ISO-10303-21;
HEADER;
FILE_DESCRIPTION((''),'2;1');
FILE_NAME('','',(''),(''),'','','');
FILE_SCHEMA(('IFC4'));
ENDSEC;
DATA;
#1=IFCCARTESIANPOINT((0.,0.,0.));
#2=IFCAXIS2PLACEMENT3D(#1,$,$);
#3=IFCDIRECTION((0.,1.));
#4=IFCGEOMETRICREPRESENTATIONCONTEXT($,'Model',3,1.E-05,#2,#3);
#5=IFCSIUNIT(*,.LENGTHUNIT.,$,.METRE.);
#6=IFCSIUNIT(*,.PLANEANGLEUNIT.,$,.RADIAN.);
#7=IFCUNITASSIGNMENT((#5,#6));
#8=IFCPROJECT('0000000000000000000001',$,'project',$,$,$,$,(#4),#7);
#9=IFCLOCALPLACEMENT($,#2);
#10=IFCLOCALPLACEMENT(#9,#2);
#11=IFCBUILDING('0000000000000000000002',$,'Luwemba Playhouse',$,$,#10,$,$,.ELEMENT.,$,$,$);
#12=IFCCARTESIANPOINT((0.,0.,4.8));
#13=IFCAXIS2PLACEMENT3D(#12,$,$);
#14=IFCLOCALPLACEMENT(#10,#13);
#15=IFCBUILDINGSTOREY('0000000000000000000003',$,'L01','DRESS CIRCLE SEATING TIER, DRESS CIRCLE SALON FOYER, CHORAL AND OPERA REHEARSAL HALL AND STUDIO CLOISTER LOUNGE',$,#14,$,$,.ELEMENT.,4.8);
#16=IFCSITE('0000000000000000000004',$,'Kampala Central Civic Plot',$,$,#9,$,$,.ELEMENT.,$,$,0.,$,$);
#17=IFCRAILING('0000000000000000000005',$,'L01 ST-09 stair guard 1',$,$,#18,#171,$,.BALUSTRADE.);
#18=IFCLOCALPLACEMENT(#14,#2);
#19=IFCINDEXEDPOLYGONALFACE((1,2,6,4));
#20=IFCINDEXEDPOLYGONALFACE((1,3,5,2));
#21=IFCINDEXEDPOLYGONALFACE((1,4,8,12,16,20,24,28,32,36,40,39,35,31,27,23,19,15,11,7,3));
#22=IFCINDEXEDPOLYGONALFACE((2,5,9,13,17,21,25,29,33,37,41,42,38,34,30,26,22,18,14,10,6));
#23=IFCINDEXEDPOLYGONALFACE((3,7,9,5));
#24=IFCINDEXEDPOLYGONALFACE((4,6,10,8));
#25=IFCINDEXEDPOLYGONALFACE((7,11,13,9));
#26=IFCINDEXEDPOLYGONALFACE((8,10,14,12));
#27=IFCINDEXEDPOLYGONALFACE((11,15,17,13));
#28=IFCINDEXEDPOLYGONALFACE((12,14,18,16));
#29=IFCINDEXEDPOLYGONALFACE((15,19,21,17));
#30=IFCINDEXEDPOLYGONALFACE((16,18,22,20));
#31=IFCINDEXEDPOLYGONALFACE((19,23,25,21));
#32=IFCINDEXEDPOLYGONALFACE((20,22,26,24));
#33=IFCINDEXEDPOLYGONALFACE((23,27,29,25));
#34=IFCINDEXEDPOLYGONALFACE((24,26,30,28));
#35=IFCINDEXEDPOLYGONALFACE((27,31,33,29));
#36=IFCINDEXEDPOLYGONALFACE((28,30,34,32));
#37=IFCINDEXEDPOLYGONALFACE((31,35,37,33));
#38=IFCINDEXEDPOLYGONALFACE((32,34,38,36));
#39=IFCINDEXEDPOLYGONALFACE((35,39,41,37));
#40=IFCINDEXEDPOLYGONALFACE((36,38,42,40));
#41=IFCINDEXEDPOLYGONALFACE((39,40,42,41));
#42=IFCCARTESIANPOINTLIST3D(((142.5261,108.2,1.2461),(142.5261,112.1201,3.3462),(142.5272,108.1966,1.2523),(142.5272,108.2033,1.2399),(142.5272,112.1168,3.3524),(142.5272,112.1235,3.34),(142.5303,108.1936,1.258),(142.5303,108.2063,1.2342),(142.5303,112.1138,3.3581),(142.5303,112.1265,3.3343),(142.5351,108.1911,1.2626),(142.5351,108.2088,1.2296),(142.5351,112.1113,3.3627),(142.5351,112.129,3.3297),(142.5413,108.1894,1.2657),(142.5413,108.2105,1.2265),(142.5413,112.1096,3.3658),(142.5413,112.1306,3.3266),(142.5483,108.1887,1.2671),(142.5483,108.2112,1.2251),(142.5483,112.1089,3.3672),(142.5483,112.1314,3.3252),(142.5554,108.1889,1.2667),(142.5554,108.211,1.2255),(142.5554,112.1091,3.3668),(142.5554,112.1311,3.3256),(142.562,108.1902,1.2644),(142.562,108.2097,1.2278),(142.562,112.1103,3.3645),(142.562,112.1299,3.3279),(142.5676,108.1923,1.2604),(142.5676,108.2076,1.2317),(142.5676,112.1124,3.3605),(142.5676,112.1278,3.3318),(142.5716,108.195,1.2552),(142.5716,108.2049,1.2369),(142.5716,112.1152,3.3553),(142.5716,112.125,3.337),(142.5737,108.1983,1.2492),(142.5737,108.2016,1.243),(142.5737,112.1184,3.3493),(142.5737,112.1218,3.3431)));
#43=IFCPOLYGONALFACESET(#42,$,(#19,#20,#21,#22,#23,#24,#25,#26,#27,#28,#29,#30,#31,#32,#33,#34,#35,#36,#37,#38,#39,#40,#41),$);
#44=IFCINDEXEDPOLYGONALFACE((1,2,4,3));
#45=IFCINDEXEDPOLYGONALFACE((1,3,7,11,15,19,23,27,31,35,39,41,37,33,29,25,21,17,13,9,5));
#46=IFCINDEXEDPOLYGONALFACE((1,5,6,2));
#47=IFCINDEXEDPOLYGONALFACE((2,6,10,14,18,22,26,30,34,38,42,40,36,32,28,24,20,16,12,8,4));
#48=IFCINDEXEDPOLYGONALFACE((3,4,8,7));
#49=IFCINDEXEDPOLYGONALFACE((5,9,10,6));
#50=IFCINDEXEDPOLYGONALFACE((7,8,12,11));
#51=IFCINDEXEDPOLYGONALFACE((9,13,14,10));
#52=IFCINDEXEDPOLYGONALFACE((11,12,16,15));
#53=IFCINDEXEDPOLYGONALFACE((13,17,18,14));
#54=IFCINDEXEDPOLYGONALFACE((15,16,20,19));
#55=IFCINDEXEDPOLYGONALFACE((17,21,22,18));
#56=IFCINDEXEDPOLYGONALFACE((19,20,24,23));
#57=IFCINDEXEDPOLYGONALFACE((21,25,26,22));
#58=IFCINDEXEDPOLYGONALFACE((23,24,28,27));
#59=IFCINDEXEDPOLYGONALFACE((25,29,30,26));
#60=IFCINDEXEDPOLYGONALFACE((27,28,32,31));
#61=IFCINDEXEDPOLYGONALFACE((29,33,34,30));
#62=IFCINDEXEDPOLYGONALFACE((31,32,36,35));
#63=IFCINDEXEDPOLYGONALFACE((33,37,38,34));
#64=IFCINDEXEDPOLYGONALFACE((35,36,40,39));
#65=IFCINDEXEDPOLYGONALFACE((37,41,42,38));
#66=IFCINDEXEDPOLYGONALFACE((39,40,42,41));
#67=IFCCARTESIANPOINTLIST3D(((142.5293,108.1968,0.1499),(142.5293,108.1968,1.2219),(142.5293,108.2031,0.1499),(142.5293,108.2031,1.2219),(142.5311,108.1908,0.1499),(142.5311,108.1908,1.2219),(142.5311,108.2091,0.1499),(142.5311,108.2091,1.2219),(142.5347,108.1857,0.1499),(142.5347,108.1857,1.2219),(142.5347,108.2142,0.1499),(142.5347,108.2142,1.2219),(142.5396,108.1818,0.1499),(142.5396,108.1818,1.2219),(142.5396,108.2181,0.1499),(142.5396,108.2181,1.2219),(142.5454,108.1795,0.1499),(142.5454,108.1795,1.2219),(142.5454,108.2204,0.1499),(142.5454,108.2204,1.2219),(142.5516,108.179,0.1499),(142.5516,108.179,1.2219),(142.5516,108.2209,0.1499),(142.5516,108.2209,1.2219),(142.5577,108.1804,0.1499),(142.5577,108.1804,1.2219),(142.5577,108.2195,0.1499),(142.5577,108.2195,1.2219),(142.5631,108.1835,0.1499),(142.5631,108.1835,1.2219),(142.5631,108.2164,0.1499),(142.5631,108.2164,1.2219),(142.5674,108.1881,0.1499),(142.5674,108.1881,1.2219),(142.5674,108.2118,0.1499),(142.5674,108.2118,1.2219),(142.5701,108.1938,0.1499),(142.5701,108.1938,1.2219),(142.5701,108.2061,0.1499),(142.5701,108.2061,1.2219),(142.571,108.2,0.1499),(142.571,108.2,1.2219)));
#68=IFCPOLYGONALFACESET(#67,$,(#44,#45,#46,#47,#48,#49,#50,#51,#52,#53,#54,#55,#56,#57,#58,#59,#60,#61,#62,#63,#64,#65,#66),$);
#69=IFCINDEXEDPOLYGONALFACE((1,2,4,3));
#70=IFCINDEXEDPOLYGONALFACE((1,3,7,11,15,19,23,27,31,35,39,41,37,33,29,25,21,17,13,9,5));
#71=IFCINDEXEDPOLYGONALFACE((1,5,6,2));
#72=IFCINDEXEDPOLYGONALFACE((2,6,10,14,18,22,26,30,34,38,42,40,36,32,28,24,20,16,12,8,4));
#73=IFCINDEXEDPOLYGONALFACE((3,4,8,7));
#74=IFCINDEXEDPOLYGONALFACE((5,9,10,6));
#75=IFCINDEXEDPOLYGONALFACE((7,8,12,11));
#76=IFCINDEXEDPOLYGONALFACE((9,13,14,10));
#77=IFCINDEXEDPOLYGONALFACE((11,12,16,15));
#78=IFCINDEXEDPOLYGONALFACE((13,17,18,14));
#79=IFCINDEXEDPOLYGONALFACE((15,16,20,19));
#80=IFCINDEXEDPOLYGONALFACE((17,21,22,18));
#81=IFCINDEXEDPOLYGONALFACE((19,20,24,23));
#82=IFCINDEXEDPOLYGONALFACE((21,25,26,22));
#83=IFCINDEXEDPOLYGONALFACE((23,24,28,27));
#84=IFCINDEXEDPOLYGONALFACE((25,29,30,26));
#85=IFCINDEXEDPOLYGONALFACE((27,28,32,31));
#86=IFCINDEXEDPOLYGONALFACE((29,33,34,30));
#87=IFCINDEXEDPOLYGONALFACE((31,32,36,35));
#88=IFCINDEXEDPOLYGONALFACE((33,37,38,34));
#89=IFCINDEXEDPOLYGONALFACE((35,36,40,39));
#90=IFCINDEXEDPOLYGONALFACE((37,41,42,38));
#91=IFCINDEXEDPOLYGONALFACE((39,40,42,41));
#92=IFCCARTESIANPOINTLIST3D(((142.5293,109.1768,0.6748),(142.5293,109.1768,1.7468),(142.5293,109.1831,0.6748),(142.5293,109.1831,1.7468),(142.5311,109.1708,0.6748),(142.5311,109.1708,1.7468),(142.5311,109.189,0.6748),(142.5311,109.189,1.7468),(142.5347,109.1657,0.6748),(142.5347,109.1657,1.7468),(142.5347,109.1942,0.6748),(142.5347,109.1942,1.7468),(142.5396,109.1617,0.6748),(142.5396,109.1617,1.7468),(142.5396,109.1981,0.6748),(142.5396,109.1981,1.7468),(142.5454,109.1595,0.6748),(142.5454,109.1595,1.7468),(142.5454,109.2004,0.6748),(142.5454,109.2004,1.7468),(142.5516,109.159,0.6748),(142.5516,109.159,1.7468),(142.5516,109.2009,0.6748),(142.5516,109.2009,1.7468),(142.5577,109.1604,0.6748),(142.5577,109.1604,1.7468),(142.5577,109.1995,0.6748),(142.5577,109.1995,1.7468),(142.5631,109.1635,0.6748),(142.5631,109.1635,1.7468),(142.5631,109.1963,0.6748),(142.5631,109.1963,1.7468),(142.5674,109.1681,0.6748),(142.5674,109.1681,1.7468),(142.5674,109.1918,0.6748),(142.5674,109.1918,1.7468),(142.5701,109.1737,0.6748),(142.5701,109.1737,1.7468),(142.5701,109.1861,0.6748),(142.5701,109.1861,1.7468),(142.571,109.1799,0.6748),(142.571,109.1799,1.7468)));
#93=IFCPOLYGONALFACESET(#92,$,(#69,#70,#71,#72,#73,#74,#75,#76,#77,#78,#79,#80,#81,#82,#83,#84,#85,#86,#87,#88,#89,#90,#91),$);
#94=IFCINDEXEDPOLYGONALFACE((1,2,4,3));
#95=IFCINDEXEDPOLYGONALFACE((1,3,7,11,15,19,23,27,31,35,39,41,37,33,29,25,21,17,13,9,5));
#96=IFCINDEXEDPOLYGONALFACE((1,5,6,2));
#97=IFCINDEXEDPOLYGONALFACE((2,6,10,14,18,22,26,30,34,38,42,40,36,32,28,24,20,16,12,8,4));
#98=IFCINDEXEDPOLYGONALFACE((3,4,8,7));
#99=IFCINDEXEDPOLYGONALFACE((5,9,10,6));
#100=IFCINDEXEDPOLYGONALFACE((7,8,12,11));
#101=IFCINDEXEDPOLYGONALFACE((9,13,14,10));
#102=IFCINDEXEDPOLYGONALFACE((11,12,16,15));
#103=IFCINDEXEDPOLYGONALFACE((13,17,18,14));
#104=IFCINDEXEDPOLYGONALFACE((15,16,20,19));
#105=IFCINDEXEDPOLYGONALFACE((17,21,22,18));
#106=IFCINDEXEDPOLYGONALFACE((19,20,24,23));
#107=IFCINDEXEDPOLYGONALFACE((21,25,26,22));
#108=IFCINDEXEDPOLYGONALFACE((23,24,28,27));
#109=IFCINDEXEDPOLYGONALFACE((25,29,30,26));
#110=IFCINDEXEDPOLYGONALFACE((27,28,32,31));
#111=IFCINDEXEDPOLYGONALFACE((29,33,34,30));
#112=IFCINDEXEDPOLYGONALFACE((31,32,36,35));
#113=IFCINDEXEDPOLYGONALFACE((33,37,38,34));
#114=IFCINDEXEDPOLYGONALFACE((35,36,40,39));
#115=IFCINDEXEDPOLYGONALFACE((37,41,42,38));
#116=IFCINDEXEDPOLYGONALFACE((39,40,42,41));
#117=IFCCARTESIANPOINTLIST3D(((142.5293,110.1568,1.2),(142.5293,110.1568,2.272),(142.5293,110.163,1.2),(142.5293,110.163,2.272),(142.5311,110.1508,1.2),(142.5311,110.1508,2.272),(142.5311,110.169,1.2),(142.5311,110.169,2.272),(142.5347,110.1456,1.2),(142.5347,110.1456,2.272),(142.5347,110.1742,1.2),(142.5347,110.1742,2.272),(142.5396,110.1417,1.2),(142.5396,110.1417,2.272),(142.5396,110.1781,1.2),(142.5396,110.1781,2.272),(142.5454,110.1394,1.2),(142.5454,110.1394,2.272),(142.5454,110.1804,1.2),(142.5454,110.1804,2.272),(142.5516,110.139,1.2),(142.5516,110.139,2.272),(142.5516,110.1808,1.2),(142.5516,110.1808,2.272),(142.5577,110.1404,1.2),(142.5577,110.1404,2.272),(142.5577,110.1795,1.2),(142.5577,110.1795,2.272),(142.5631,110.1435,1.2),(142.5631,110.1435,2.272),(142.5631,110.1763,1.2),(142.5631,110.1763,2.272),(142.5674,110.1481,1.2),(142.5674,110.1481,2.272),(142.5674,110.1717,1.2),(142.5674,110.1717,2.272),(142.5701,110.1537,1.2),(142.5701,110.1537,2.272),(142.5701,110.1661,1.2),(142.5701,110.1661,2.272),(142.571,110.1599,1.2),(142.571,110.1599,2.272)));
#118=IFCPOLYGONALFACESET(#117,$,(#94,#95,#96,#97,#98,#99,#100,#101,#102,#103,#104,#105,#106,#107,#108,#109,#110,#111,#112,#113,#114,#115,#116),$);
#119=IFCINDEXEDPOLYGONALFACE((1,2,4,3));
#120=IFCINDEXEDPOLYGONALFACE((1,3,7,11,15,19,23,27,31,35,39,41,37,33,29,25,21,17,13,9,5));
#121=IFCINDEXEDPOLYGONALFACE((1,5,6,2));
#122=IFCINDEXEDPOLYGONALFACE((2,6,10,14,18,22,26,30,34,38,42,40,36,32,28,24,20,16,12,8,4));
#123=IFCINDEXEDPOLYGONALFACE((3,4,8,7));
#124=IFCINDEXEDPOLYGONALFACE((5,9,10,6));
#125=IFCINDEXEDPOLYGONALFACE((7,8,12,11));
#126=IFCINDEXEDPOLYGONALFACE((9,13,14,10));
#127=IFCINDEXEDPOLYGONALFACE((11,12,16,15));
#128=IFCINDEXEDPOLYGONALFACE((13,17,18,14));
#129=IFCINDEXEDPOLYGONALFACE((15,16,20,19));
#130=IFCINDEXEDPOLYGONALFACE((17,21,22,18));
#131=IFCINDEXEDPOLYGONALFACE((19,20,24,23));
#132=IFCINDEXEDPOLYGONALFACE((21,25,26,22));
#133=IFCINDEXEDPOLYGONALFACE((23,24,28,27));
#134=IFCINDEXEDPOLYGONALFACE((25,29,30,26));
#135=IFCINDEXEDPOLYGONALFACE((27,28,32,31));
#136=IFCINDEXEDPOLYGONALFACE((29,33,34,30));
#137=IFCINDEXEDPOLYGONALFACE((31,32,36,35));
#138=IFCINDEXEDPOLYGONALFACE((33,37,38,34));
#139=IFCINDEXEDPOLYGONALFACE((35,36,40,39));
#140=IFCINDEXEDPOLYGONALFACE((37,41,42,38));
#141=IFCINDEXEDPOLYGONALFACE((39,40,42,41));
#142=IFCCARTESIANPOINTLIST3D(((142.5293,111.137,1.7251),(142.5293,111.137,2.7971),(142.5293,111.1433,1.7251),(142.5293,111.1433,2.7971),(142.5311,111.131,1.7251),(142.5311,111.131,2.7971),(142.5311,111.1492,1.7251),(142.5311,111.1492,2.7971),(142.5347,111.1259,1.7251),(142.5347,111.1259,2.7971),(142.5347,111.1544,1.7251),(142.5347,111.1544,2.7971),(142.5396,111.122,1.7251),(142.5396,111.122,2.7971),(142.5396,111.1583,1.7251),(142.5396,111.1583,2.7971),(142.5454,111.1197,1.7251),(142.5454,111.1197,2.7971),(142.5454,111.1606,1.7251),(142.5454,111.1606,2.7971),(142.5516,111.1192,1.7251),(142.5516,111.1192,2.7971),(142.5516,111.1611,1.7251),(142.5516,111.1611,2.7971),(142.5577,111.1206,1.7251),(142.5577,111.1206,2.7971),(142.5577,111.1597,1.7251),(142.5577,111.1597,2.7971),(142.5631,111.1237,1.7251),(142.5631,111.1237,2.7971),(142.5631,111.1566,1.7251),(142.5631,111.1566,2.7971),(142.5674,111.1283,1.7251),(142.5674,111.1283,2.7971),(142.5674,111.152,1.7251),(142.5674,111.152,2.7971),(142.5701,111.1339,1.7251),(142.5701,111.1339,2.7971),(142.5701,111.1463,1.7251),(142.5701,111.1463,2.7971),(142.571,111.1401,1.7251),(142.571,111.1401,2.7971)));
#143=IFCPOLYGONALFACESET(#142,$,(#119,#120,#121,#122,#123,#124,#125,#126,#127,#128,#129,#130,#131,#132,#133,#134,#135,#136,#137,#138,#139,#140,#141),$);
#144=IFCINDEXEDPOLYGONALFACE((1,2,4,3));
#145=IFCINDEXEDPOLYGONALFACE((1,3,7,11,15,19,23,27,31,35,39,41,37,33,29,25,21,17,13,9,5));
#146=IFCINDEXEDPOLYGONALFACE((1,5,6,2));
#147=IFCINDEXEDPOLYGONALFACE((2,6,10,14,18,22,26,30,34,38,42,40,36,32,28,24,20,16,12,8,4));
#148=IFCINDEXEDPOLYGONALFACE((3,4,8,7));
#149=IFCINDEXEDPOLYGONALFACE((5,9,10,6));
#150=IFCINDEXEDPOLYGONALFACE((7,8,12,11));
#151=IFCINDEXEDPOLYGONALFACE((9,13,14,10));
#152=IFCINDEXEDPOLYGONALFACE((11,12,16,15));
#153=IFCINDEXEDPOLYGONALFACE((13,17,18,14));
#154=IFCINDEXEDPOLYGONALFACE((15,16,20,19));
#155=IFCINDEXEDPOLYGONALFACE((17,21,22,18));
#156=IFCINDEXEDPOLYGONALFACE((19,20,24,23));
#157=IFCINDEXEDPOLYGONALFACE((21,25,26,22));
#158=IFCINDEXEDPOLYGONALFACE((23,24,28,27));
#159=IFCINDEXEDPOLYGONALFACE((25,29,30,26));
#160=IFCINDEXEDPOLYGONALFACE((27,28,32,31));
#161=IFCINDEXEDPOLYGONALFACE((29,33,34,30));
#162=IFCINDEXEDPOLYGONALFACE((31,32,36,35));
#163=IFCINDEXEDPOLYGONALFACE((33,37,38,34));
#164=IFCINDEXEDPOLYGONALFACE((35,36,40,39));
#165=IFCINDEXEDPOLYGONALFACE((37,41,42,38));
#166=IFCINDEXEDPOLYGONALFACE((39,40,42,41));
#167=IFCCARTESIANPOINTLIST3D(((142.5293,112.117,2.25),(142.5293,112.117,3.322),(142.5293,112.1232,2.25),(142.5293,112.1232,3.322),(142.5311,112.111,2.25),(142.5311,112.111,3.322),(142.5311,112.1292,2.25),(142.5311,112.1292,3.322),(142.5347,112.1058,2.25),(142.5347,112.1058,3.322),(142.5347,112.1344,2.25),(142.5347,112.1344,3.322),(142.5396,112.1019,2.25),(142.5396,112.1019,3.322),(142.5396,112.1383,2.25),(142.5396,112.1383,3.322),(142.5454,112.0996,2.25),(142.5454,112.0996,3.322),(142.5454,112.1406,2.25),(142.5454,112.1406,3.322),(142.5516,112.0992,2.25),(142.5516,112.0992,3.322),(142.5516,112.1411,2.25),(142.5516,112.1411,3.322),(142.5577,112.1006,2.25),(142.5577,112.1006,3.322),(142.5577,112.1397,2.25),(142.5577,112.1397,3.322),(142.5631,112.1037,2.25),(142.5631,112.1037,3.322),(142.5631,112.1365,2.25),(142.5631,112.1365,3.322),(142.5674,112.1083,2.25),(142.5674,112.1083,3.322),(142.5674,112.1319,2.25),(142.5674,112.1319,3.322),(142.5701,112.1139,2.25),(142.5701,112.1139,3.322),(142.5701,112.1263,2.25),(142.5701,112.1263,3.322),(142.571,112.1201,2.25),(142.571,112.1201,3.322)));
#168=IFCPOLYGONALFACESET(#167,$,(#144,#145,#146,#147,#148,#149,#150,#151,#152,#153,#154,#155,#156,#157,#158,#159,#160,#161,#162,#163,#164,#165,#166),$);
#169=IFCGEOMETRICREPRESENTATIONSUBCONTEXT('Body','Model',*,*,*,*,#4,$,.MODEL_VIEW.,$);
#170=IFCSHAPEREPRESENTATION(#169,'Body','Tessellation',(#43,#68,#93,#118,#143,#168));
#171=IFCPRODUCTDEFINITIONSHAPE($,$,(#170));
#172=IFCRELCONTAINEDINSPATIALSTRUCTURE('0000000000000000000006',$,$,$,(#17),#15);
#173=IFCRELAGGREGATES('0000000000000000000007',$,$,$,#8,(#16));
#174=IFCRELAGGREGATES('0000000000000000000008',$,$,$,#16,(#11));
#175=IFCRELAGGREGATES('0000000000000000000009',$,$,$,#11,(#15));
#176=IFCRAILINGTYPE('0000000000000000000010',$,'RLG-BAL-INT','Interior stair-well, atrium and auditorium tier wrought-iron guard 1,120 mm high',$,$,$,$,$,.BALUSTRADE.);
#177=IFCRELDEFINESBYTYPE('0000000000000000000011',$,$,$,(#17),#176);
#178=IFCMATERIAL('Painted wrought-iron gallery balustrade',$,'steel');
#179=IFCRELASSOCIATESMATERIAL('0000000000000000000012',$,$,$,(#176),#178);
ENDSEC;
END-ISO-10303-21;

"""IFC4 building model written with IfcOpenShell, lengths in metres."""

from ifc_helpers import new_model, si_unit, direction, frame, origin, origin_2d, place, context, subcontext, project, spatial, circle, extrude, material, type_object, element, save


model = new_model("IFC4")

# Units and contexts
model_context = context("Model", 3, precision=1e-05, world=origin(), true_north=direction((0.0, 1.0)))
body_context = subcontext(model_context, "Body", "Model", "MODEL_VIEW")
ifc_project = project(units=[si_unit("LENGTHUNIT", "METRE"), si_unit("PLANEANGLEUNIT", "RADIAN")], contexts=[model_context])

# Site, building, storey
site_placement = place(None, origin())
site = spatial("IfcSite", under=ifc_project, at=site_placement, Name="Kampala Central Civic Plot", CompositionType="ELEMENT", RefElevation=0.0)
building_placement = place(site_placement, origin())
building = spatial("IfcBuilding", under=site, at=building_placement, Name="Luwemba Playhouse", CompositionType="ELEMENT")
storey_placement = place(building_placement, frame((0.0, 0.0, 4.8)))
storey = spatial("IfcBuildingStorey", under=building, at=storey_placement, Name="L01", Description="DRESS CIRCLE SEATING TIER, DRESS CIRCLE SALON FOYER, CHORAL AND OPERA REHEARSAL HALL AND STUDIO CLOISTER LOUNGE", CompositionType="ELEMENT", Elevation=4.8)

# Railing
ifc_material_1 = material(Name="Painted wrought-iron gallery balustrade", Category="steel")
railing_type_1 = type_object("IfcRailingType", Name="RLG-BAL-INT", Description="Interior stair-well, atrium and auditorium tier wrought-iron guard 1,120 mm high", PredefinedType="BALUSTRADE", material=ifc_material_1)
railing_1_placement = place(storey_placement, frame((142.55, 108.2, 0.1499)))
element("IfcRailing", 1, at=railing_1_placement, inside=storey, type_object=railing_type_1, Name="L01 ST-09 stair guard 1", PredefinedType="BALUSTRADE", context=body_context, shape_type="SweptSolid", body=[
    extrude(circle(Radius=0.0239, at=origin_2d()), frame((0.0, 0.0, 1.0962), z_axis=(0.0, 0.881479, 0.472223), x_axis=(-1.0, 0.0, 0.0)), (0.0, 0.0, 1.0), 4.4473),
    extrude(circle(Radius=0.021, at=origin_2d()), origin(), (0.0, 0.0, 1.0), 1.072),
    extrude(circle(Radius=0.021, at=origin_2d()), frame((0.0, 0.98, 0.5249)), (0.0, 0.0, 1.0), 1.072),
    extrude(circle(Radius=0.021, at=origin_2d()), frame((0.0, 1.96, 1.05)), (0.0, 0.0, 1.0), 1.072),
    extrude(circle(Radius=0.021, at=origin_2d()), frame((0.0, 2.9402, 1.5752)), (0.0, 0.0, 1.0), 1.072),
    extrude(circle(Radius=0.021, at=origin_2d()), frame((0.0, 3.9202, 2.1001)), (0.0, 0.0, 1.0), 1.072),
])

save(model, "model.ifc")
